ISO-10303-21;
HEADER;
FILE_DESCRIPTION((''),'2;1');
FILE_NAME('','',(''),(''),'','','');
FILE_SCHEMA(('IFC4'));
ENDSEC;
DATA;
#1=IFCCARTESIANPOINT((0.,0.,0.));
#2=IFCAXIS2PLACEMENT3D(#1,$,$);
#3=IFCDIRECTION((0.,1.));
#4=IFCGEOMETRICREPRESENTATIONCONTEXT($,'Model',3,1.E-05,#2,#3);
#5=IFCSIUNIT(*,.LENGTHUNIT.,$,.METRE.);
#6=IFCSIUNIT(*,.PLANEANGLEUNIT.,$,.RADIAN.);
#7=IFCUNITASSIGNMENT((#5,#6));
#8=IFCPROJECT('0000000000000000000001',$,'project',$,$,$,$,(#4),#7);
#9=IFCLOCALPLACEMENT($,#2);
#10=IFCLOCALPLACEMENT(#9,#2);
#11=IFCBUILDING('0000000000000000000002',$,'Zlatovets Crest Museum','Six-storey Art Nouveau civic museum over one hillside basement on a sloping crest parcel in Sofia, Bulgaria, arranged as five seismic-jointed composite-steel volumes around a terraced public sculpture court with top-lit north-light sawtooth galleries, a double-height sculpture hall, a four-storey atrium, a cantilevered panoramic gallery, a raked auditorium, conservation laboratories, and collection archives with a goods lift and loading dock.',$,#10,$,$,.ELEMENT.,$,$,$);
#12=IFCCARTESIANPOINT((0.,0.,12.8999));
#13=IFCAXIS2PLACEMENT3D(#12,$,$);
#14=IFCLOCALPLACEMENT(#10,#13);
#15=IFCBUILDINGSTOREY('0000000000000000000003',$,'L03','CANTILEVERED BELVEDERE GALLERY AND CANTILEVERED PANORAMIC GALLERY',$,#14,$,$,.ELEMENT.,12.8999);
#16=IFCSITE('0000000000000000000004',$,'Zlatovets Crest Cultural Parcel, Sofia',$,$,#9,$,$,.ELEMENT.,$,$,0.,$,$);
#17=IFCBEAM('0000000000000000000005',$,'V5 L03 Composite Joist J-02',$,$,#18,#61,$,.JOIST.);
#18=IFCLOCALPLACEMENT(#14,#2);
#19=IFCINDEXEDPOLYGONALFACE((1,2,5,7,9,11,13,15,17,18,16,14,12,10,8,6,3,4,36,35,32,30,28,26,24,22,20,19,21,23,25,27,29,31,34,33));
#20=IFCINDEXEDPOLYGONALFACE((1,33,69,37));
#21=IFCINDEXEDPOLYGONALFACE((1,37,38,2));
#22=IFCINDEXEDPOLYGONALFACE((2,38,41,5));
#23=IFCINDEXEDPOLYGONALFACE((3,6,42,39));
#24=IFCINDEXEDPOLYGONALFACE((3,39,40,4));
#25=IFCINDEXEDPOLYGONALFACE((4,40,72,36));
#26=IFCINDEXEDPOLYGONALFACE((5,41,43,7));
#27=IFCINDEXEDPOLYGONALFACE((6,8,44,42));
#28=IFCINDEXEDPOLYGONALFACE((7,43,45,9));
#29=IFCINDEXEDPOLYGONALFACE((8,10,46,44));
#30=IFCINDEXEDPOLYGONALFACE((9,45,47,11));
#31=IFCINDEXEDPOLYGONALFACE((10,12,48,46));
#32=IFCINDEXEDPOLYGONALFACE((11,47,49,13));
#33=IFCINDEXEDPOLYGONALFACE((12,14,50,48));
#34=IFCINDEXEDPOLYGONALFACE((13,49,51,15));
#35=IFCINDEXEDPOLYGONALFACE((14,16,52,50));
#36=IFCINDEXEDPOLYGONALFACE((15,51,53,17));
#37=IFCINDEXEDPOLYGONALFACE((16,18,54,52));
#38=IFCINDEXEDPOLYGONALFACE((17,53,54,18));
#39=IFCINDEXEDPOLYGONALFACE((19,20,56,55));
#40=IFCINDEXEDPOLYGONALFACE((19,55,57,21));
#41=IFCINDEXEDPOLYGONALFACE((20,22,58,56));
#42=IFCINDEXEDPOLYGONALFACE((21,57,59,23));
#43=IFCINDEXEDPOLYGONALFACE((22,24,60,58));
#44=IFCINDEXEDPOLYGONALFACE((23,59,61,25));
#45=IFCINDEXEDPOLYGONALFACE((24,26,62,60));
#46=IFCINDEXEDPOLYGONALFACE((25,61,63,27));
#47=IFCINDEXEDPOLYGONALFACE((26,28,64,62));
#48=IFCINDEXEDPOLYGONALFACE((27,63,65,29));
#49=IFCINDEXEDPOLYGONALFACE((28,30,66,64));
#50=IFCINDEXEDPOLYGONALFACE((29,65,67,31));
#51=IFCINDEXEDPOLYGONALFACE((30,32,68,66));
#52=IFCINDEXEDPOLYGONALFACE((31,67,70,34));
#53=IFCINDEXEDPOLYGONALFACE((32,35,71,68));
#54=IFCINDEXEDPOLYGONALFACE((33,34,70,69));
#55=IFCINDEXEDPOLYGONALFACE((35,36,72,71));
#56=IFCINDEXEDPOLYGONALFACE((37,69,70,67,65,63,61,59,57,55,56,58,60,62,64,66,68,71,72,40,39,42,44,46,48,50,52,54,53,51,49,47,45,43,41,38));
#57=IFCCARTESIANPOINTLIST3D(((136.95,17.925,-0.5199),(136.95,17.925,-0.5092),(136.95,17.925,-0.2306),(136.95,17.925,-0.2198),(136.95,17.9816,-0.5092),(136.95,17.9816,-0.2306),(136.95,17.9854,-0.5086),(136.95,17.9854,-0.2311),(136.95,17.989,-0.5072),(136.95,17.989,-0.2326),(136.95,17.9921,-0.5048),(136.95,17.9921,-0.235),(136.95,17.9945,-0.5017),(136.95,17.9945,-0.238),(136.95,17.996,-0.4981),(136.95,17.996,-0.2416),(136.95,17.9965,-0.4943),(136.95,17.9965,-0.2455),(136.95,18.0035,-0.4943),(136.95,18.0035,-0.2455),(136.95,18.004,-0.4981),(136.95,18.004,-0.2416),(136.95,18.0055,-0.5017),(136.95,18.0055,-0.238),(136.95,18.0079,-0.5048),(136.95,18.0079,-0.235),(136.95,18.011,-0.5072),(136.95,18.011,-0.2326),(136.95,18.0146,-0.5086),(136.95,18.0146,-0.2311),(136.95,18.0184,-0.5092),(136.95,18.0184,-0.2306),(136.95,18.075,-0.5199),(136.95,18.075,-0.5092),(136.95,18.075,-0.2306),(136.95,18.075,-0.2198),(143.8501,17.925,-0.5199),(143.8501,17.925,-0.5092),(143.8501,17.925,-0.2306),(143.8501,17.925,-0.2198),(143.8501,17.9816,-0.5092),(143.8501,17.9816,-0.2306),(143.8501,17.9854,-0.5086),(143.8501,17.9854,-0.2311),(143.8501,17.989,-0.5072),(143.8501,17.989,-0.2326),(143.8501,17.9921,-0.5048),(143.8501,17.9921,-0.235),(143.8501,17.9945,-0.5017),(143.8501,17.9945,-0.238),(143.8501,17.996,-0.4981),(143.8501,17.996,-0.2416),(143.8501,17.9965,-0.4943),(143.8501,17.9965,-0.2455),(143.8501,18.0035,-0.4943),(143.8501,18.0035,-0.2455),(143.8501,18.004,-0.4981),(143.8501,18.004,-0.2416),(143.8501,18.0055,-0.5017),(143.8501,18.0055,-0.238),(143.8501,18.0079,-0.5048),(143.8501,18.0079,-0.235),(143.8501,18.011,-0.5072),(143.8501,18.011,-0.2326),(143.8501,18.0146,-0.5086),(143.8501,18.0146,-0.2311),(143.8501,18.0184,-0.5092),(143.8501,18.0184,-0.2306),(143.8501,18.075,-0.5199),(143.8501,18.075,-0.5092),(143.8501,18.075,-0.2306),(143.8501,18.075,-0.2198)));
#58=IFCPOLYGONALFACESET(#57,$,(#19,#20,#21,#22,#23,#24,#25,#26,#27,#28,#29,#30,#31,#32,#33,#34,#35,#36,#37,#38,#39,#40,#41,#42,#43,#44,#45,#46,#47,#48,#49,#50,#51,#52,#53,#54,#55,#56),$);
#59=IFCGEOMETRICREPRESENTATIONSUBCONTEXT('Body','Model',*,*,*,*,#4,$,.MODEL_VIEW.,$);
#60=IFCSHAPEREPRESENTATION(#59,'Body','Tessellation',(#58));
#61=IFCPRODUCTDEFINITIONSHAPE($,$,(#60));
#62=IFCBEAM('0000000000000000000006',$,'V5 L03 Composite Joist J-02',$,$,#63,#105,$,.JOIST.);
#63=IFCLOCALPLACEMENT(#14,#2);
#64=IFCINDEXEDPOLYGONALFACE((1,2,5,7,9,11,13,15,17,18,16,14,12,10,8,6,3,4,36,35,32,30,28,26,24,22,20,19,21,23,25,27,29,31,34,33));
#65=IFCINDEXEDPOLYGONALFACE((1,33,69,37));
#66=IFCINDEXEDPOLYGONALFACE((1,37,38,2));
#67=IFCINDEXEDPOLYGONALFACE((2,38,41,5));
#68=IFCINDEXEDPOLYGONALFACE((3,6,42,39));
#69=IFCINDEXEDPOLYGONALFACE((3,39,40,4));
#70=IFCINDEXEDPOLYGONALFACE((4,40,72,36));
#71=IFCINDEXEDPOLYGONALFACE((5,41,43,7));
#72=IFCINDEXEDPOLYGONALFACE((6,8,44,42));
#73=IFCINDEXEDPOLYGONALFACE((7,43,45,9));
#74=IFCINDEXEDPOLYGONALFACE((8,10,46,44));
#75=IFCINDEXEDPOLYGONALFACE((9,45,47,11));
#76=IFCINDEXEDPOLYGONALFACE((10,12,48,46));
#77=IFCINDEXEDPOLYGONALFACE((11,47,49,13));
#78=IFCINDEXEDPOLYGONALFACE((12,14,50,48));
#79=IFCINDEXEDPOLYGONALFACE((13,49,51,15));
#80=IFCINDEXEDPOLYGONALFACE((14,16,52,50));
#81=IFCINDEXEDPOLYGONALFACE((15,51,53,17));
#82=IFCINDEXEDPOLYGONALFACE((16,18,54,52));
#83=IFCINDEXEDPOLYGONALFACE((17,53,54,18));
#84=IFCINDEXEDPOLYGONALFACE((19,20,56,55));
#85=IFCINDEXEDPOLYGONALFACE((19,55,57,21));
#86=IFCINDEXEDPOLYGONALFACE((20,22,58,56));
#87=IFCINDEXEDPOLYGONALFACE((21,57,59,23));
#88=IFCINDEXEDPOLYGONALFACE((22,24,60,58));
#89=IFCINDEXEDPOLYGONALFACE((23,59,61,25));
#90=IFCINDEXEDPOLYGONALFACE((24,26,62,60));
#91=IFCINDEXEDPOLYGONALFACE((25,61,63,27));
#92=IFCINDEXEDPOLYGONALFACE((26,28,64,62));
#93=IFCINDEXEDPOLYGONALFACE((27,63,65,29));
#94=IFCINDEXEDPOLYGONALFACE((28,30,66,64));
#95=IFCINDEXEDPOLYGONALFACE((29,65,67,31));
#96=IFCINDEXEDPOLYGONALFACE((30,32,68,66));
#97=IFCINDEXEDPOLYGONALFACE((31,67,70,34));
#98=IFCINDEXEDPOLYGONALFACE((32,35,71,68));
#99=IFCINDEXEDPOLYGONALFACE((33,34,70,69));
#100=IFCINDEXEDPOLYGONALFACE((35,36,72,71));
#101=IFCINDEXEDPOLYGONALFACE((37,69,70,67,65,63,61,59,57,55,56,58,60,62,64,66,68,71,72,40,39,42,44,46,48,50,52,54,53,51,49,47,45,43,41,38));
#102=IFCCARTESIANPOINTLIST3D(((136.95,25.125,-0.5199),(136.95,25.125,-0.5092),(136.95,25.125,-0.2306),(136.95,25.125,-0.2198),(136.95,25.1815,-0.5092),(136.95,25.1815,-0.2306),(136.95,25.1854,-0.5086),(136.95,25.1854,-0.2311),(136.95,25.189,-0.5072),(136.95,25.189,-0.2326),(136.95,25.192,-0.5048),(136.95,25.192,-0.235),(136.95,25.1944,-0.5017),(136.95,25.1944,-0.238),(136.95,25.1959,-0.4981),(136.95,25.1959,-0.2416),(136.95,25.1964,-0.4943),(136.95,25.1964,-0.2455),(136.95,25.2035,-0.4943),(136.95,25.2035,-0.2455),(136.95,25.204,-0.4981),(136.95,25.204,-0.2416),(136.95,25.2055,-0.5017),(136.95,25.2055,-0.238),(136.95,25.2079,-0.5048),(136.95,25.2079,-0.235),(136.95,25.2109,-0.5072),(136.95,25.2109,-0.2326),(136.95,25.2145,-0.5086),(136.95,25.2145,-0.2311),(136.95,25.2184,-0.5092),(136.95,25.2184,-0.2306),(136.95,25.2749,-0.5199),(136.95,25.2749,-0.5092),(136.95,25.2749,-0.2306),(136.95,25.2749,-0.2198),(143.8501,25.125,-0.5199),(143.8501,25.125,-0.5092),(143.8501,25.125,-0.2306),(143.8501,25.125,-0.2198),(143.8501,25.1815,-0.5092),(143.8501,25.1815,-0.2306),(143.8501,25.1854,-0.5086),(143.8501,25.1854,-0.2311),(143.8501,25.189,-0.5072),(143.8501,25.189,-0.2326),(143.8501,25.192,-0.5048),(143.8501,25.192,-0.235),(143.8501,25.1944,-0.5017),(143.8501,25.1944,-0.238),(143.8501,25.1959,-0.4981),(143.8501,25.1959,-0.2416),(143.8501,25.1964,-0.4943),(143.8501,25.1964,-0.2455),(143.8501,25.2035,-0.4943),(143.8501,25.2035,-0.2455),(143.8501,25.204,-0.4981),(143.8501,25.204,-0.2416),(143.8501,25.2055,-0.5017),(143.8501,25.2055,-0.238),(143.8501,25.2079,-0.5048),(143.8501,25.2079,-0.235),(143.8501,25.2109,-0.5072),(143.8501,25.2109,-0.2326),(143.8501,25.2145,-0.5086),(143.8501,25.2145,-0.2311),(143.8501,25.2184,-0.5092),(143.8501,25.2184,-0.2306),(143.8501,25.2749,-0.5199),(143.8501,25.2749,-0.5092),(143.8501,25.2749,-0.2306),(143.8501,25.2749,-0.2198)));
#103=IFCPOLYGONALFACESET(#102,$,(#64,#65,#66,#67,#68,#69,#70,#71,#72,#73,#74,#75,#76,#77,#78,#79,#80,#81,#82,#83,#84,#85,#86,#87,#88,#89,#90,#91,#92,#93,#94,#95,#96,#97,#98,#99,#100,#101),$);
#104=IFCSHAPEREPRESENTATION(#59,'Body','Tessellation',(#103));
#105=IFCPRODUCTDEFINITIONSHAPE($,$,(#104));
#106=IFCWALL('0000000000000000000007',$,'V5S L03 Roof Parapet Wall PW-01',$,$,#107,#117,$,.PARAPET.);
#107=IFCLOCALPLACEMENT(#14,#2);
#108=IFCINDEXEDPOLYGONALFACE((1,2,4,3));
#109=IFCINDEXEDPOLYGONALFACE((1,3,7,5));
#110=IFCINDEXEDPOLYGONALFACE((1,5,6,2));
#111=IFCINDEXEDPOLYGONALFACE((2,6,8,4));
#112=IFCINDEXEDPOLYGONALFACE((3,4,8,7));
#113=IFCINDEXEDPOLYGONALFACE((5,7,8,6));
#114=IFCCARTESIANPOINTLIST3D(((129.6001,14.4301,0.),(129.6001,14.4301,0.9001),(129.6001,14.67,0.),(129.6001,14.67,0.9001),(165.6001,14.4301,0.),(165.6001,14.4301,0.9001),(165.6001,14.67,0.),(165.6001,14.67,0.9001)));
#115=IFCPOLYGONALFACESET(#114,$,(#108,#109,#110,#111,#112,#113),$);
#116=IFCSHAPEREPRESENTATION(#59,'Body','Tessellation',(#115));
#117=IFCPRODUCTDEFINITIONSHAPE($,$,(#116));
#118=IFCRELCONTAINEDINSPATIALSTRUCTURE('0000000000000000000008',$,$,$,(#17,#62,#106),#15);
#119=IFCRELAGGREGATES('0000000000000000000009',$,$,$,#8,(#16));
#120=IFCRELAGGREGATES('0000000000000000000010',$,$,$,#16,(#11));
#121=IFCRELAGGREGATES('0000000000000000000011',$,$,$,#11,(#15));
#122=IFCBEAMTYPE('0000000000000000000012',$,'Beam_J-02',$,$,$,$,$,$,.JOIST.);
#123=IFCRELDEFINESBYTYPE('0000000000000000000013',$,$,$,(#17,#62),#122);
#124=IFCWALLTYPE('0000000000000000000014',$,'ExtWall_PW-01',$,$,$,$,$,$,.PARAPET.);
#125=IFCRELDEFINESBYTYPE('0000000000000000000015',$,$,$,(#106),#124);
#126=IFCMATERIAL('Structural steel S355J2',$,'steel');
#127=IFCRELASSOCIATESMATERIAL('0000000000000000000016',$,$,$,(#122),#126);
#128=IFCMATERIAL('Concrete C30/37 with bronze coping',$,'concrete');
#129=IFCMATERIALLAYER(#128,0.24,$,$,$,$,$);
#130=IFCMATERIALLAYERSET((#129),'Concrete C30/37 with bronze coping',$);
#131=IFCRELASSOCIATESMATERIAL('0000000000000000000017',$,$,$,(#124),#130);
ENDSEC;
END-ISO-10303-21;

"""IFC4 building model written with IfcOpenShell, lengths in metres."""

from ifc_helpers import new_model, si_unit, direction, frame, frame_2d, origin, origin_2d, place, context, subcontext, project, spatial, rectangle, i_section, extrude, material, layer, layer_set, material_profile, profile_set, type_object, element, save


model = new_model("IFC4")

# Units and contexts
model_context = context("Model", 3, precision=1e-05, world=origin(), true_north=direction((0.0, 1.0)))
body_context = subcontext(model_context, "Body", "Model", "MODEL_VIEW")
ifc_project = project(units=[si_unit("LENGTHUNIT", "METRE"), si_unit("PLANEANGLEUNIT", "RADIAN")], contexts=[model_context])

# Site, building, storey
site_placement = place(None, origin())
site = spatial("IfcSite", under=ifc_project, at=site_placement, Name="Zlatovets Crest Cultural Parcel, Sofia", CompositionType="ELEMENT", RefElevation=0.0)
building_placement = place(site_placement, origin())
building = spatial("IfcBuilding", under=site, at=building_placement, Name="Zlatovets Crest Museum", Description="Six-storey Art Nouveau civic museum over one hillside basement on a sloping crest parcel in Sofia, Bulgaria, arranged as five seismic-jointed composite-steel volumes around a terraced public sculpture court with top-lit north-light sawtooth galleries, a double-height sculpture hall, a four-storey atrium, a cantilevered panoramic gallery, a raked auditorium, conservation laboratories, and collection archives with a goods lift and loading dock.", CompositionType="ELEMENT")
storey_placement = place(building_placement, frame((0.0, 0.0, 12.8999)))
storey = spatial("IfcBuildingStorey", under=building, at=storey_placement, Name="L03", Description="CANTILEVERED BELVEDERE GALLERY AND CANTILEVERED PANORAMIC GALLERY", CompositionType="ELEMENT", Elevation=12.8999)

# Beams
ifc_material_1 = material(Name="Structural steel S355J2", Category="steel")
ifc_material_profile_1 = material_profile(ifc_material_1, i_section(OverallWidth=0.1499, OverallDepth=0.3, WebThickness=0.0071, FlangeThickness=0.0107, FilletRadius=0.0149, at=origin_2d()), Name="IPE 300")
ifc_profile_set_1 = profile_set([ifc_material_profile_1], Name="Structural steel S355J2")
beam_type_1 = type_object("IfcBeamType", Name="Beam_J-02", PredefinedType="JOIST", material=ifc_profile_set_1)
for number, where, z_axis, x_axis, name in (
    (1, (136.95, 18.0, -0.3699), (1.0, 0.0, 0.0), (0.0, 1.0, 0.0), "V5 L03 Composite Joist J-02"),
    (2, (136.95, 25.2, -0.3699), (1.0, 0.0, 0.0), (0.0, 1.0, 0.0), "V5 L03 Composite Joist J-02"),
):
    element("IfcBeam", number, at=place(storey_placement, frame(where, z_axis=z_axis, x_axis=x_axis)), inside=storey, type_object=beam_type_1, Name=name, PredefinedType="JOIST", context=body_context, shape_type="SweptSolid", body=[
        extrude(i_section(OverallWidth=0.1499, OverallDepth=0.3, WebThickness=0.0071, FlangeThickness=0.0107, FilletRadius=0.0149, at=origin_2d()), origin(), (0.0, 0.0, 1.0), 6.9001),
    ])

# Wall
ifc_material_2 = material(Name="Concrete C30/37 with bronze coping", Category="concrete")
ifc_layer = layer(ifc_material_2, 0.24)
ifc_layer_set = layer_set([ifc_layer], Name="Concrete C30/37 with bronze coping")
wall_type = type_object("IfcWallType", Name="ExtWall_PW-01", PredefinedType="PARAPET", material=ifc_layer_set)
wall_placement = place(storey_placement, frame((129.6001, 14.55, 0.0), z_axis=(0.0, 0.0, 1.0), x_axis=(1.0, 0.0, 0.0)))
element("IfcWall", 3, at=wall_placement, inside=storey, type_object=wall_type, Name="V5S L03 Roof Parapet Wall PW-01", PredefinedType="PARAPET", context=body_context, shape_type="SweptSolid", body=[
    extrude(rectangle(XDim=36.0, YDim=0.24, at=frame_2d((18.0, 0.0))), origin(), (0.0, 0.0, 1.0), 0.9001),
])

save(model, "model.ifc")
